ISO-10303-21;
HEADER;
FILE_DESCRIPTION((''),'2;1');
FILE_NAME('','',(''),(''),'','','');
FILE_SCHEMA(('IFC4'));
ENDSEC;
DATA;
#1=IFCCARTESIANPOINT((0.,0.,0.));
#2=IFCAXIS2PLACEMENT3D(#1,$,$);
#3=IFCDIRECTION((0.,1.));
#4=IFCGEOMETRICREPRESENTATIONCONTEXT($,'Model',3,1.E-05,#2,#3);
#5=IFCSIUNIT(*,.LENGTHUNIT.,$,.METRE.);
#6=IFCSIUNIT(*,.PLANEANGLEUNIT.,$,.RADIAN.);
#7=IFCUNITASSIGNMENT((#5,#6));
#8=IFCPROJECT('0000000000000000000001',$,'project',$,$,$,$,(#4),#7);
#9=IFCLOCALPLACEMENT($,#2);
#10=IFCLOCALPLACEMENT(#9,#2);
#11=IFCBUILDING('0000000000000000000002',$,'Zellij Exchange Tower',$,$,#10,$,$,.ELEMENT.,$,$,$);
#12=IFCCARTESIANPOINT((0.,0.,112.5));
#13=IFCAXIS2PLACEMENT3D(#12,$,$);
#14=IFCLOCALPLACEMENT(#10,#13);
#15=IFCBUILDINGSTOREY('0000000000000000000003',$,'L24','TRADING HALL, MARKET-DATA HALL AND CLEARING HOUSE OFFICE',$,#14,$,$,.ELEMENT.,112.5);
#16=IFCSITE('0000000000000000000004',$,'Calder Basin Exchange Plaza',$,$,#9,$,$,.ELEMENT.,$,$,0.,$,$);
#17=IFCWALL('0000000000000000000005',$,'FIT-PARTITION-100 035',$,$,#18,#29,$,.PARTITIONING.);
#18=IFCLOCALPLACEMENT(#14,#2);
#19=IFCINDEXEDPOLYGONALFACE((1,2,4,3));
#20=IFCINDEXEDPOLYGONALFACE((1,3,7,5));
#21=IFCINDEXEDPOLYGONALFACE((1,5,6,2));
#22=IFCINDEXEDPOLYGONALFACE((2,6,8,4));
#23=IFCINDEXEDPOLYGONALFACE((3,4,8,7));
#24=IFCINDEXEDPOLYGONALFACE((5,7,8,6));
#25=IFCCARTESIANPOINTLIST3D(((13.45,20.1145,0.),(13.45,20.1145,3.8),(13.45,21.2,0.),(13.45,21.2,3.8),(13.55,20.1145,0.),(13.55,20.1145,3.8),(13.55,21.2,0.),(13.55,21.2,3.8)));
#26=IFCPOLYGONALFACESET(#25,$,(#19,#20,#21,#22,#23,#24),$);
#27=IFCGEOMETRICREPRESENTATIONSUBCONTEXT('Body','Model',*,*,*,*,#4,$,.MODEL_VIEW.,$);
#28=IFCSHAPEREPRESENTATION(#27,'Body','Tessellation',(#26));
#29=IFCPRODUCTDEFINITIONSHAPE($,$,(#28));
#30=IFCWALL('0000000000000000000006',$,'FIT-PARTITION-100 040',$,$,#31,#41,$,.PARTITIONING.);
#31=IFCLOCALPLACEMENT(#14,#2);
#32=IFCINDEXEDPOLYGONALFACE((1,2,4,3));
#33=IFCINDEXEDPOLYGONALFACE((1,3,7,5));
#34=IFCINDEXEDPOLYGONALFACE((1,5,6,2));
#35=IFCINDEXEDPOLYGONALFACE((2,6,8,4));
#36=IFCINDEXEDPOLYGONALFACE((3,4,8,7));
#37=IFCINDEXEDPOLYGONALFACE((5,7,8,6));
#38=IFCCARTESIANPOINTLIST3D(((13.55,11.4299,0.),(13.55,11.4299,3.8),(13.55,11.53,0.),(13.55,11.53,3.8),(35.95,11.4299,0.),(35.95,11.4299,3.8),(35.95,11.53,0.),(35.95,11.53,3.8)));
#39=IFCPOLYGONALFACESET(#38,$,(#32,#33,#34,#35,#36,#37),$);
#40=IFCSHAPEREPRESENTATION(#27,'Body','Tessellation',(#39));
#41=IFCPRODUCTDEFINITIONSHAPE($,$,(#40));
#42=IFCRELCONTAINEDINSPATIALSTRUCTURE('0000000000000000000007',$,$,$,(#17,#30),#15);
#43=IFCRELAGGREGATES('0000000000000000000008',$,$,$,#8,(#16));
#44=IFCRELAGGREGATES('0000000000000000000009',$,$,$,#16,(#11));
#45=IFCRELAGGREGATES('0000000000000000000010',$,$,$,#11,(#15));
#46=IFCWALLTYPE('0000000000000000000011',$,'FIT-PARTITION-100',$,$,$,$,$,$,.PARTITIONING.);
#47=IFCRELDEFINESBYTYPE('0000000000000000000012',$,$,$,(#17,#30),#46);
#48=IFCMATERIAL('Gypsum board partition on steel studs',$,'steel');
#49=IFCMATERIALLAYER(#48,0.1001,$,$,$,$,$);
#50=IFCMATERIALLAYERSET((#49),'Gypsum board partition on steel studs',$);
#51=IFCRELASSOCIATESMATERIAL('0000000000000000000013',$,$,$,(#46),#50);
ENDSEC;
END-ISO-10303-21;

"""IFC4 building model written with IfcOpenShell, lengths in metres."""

from ifc_helpers import new_model, si_unit, direction, frame, frame_2d, origin, place, context, subcontext, project, spatial, rectangle, extrude, material, layer, layer_set, type_object, element, save


model = new_model("IFC4")

# Units and contexts
model_context = context("Model", 3, precision=1e-05, world=origin(), true_north=direction((0.0, 1.0)))
body_context = subcontext(model_context, "Body", "Model", "MODEL_VIEW")
ifc_project = project(units=[si_unit("LENGTHUNIT", "METRE"), si_unit("PLANEANGLEUNIT", "RADIAN")], contexts=[model_context])

# Site, building, storey
site_placement = place(None, origin())
site = spatial("IfcSite", under=ifc_project, at=site_placement, Name="Calder Basin Exchange Plaza", CompositionType="ELEMENT", RefElevation=0.0)
building_placement = place(site_placement, origin())
building = spatial("IfcBuilding", under=site, at=building_placement, Name="Zellij Exchange Tower", CompositionType="ELEMENT")
storey_placement = place(building_placement, frame((0.0, 0.0, 112.5)))
storey = spatial("IfcBuildingStorey", under=building, at=storey_placement, Name="L24", Description="TRADING HALL, MARKET-DATA HALL AND CLEARING HOUSE OFFICE", CompositionType="ELEMENT", Elevation=112.5)

# Shared definitions
ifc_material_1 = material(Name="Gypsum board partition on steel studs", Category="steel")
ifc_layer = layer(ifc_material_1, 0.1001)
ifc_layer_set = layer_set([ifc_layer], Name="Gypsum board partition on steel studs")
wall_type = type_object("IfcWallType", Name="FIT-PARTITION-100", PredefinedType="PARTITIONING", material=ifc_layer_set)

# Walls
wall_1_placement = place(storey_placement, frame((13.5, 20.1145, 0.0), z_axis=(0.0, 0.0, 1.0), x_axis=(0.0, 1.0, 0.0)))
element("IfcWall", 1, at=wall_1_placement, inside=storey, type_object=wall_type, Name="FIT-PARTITION-100 035", PredefinedType="PARTITIONING", context=body_context, shape_type="SweptSolid", body=[
    extrude(rectangle(XDim=1.0854, YDim=0.1001, at=frame_2d((0.5427, 0.0))), origin(), (0.0, 0.0, 1.0), 3.8),
])
wall_2_placement = place(storey_placement, frame((13.55, 11.48, 0.0), z_axis=(0.0, 0.0, 1.0), x_axis=(1.0, 0.0, 0.0)))
element("IfcWall", 2, at=wall_2_placement, inside=storey, type_object=wall_type, Name="FIT-PARTITION-100 040", PredefinedType="PARTITIONING", context=body_context, shape_type="SweptSolid", body=[
    extrude(rectangle(XDim=22.3999, YDim=0.1001, at=frame_2d((11.2, 0.0))), origin(), (0.0, 0.0, 1.0), 3.8),
])

save(model, "model.ifc")
